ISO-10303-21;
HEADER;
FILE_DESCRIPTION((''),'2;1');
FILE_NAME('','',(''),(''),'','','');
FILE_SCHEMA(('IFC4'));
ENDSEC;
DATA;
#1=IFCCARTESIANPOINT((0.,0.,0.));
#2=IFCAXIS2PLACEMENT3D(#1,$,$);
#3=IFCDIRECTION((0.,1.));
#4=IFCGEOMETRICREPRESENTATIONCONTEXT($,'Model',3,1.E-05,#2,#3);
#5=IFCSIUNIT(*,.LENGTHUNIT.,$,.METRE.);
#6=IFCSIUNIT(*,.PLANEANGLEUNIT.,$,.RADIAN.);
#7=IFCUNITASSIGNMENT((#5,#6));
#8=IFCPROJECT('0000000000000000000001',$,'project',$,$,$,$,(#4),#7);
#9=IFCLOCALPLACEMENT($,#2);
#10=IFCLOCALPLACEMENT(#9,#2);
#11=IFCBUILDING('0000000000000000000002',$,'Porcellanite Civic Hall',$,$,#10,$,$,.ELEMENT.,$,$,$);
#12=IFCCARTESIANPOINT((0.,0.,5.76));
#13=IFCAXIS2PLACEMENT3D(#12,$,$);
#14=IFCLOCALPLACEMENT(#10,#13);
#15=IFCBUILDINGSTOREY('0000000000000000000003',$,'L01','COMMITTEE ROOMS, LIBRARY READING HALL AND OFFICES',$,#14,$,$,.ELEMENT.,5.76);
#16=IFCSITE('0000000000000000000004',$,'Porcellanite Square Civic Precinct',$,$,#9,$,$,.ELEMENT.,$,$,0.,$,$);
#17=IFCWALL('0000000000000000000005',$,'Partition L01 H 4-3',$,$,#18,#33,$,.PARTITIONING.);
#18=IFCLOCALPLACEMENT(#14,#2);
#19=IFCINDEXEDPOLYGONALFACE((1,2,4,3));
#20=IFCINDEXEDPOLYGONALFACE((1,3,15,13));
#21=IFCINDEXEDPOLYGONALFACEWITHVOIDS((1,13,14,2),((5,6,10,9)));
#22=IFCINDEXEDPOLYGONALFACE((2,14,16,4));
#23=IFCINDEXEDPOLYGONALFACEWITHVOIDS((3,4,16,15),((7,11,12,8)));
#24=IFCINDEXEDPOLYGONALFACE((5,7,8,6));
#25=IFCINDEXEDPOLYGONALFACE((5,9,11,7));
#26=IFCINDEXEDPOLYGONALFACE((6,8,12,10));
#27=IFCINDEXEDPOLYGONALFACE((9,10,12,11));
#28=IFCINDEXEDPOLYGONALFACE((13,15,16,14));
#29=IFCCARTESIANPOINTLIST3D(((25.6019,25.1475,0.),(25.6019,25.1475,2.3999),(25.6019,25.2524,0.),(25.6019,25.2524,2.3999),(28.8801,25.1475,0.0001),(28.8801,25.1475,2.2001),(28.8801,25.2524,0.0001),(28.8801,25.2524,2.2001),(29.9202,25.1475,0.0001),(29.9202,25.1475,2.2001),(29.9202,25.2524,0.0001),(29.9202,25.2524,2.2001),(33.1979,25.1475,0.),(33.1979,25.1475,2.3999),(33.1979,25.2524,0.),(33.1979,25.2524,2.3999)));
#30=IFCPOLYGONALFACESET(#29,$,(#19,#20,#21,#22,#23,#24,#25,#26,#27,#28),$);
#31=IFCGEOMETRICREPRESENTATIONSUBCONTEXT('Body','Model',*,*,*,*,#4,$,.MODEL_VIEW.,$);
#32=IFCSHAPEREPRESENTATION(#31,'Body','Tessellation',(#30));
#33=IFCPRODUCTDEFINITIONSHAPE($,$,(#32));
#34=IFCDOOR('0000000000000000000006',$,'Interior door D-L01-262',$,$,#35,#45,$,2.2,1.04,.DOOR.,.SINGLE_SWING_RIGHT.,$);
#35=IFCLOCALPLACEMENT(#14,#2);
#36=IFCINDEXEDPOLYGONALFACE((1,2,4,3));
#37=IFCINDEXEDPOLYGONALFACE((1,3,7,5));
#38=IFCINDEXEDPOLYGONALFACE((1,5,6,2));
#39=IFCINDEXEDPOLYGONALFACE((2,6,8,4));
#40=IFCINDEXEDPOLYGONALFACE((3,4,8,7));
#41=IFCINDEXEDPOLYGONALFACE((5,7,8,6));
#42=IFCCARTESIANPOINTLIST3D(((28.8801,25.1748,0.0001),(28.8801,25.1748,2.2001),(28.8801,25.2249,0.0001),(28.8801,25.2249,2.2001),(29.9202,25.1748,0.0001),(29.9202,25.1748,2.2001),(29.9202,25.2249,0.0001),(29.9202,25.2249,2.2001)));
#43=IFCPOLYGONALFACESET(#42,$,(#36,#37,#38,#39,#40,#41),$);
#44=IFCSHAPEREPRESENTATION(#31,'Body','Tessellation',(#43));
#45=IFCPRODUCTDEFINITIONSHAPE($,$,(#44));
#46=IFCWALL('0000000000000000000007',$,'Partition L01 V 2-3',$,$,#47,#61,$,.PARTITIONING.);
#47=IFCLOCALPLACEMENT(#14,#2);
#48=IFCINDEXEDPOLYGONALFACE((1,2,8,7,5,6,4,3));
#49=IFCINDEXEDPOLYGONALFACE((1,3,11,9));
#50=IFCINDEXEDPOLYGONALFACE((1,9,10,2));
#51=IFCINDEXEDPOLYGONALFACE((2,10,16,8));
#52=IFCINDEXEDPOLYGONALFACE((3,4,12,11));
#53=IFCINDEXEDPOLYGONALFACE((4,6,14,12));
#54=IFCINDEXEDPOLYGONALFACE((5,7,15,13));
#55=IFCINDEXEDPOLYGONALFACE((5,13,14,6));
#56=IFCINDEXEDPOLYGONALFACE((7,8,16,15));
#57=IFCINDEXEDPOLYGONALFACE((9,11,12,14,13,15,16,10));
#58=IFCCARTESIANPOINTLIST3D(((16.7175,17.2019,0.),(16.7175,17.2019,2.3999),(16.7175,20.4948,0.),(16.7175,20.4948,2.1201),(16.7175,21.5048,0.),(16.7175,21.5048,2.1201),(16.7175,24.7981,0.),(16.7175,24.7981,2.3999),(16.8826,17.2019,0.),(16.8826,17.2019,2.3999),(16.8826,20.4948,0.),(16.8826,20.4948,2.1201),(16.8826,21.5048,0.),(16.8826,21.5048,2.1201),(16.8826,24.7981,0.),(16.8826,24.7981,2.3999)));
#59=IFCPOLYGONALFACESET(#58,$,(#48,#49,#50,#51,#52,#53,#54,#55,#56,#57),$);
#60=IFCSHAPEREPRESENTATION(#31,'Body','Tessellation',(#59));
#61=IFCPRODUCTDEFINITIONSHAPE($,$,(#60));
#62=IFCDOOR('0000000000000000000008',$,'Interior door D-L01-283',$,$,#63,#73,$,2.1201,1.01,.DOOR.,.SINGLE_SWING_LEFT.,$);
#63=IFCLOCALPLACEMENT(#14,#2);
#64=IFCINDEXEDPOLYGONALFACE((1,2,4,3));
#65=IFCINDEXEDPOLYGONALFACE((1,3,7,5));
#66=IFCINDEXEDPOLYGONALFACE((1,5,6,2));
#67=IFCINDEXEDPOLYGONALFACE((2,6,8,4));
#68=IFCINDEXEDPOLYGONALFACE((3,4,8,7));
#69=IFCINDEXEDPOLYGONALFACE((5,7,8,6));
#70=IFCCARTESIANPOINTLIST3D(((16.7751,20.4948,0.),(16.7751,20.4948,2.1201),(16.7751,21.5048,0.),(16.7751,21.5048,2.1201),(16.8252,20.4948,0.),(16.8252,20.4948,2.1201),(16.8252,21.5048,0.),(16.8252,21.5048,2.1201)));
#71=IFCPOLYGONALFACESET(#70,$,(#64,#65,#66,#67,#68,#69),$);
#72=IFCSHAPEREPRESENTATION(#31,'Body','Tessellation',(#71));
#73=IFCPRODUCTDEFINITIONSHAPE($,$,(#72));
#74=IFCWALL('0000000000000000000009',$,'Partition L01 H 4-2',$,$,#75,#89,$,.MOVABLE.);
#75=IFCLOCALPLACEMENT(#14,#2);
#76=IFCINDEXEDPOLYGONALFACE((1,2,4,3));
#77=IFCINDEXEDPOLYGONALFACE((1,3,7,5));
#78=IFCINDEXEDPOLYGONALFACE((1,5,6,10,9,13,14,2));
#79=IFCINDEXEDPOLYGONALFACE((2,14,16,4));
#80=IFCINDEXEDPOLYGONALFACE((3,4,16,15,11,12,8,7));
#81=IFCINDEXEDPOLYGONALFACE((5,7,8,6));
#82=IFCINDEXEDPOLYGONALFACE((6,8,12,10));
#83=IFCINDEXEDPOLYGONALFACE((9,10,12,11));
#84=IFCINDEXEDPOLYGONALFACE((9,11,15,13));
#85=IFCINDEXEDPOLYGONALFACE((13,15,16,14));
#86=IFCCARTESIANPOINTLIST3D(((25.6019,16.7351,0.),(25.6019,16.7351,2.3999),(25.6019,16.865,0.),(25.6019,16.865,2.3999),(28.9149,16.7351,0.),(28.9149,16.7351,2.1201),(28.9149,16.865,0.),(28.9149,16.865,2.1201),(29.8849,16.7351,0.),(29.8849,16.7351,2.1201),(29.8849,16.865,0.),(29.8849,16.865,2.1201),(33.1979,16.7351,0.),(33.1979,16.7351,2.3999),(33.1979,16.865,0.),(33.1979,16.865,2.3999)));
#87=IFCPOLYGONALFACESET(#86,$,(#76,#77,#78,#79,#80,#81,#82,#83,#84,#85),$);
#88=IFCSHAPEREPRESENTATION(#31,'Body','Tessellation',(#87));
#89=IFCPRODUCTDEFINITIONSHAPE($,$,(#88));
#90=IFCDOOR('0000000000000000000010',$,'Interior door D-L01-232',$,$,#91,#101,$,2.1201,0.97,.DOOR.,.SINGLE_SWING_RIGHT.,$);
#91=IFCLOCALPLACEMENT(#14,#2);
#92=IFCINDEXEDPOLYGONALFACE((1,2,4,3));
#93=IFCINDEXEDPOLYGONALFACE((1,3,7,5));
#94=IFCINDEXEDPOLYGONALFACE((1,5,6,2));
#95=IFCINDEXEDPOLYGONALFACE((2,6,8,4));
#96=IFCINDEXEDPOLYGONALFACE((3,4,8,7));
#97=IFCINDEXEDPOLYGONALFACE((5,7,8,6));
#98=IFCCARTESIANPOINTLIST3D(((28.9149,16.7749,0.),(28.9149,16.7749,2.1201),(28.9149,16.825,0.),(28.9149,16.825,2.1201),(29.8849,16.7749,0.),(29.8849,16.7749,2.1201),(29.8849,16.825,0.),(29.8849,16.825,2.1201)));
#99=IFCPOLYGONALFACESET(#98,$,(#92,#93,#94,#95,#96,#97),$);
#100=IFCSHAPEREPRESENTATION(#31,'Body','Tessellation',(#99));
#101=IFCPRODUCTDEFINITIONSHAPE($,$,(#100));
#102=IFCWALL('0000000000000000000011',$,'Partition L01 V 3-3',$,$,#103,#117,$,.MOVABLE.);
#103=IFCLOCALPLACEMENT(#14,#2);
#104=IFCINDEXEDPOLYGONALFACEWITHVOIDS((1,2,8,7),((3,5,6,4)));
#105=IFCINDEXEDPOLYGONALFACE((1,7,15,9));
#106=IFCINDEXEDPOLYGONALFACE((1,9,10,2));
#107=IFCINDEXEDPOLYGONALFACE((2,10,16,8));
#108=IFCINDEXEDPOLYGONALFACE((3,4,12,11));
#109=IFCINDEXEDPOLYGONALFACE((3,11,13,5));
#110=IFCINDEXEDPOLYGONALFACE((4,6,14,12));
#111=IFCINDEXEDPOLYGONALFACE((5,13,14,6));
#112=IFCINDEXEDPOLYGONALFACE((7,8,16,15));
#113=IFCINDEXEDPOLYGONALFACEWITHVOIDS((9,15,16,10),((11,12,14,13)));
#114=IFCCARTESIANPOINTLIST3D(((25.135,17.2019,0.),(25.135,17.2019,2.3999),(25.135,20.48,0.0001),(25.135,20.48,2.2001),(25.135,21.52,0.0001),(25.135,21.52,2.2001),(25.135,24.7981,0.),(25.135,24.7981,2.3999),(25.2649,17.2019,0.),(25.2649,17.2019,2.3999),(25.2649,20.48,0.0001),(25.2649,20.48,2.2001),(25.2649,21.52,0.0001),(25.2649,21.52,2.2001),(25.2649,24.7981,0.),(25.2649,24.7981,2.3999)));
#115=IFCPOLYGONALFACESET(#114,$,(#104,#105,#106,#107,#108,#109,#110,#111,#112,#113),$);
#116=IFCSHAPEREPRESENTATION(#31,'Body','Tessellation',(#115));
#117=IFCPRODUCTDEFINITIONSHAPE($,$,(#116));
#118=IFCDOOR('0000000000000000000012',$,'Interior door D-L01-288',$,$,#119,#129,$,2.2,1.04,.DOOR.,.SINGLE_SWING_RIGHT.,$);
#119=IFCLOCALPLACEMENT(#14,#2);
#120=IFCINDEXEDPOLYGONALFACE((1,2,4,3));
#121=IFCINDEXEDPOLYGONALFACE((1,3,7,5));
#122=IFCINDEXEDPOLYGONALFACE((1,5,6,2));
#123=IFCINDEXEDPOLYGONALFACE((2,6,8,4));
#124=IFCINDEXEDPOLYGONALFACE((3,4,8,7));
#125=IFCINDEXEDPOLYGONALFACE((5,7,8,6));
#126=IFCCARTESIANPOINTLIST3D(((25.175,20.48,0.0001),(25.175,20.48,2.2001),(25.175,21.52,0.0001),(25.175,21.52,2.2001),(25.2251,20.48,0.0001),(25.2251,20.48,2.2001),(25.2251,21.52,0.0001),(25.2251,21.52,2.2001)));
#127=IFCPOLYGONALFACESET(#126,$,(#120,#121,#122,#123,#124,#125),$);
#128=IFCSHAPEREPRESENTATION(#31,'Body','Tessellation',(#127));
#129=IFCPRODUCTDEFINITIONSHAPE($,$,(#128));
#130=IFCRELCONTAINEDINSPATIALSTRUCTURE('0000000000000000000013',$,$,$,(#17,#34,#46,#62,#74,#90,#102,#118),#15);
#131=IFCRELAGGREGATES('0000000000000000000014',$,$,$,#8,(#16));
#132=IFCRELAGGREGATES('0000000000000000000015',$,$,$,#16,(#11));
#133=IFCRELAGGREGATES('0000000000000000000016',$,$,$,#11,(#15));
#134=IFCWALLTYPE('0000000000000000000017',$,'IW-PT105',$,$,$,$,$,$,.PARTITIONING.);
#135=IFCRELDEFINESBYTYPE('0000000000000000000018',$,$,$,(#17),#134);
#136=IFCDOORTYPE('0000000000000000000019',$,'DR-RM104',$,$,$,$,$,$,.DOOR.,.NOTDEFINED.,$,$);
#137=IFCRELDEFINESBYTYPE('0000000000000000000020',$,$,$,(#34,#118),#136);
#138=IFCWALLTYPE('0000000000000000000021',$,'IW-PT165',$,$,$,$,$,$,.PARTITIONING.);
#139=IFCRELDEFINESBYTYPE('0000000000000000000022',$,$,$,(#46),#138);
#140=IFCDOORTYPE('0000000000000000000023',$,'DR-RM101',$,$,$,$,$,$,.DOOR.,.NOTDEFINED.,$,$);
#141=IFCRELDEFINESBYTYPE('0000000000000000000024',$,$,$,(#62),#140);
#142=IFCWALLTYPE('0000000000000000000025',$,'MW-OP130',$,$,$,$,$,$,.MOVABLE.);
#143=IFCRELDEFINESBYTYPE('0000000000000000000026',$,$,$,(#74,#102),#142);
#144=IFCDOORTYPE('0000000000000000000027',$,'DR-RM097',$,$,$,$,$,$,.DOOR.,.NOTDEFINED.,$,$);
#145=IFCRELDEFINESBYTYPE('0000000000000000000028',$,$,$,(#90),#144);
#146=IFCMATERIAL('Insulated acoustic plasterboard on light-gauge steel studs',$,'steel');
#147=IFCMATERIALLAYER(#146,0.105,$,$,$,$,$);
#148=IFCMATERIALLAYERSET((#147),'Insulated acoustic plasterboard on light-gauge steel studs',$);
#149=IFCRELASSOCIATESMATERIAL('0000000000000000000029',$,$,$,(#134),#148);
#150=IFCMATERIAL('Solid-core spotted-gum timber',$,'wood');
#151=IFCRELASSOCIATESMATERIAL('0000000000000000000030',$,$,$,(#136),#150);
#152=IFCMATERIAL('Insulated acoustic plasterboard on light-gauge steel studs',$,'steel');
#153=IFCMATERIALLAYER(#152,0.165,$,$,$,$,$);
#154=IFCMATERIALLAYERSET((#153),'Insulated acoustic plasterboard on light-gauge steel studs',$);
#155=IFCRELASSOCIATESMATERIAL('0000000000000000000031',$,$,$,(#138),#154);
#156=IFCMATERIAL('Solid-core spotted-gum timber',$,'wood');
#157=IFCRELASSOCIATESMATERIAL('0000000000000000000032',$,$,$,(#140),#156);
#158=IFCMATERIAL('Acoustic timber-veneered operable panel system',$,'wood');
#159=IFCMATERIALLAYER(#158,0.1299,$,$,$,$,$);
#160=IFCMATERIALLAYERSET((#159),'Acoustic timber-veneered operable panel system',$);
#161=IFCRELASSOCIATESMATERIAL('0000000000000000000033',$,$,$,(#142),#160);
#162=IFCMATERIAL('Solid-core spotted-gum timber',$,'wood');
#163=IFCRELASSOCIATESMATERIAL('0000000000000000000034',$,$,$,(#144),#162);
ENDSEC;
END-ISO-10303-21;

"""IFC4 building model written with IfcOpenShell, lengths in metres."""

from ifc_helpers import new_model, si_unit, direction, frame, frame_2d, origin, place, context, subcontext, project, spatial, rectangle, extrude, material, layer, layer_set, type_object, element, fill, save


model = new_model("IFC4")

# Units and contexts
model_context = context("Model", 3, precision=1e-05, world=origin(), true_north=direction((0.0, 1.0)))
body_context = subcontext(model_context, "Body", "Model", "MODEL_VIEW")
ifc_project = project(units=[si_unit("LENGTHUNIT", "METRE"), si_unit("PLANEANGLEUNIT", "RADIAN")], contexts=[model_context])

# Site, building, storey
site_placement = place(None, origin())
site = spatial("IfcSite", under=ifc_project, at=site_placement, Name="Porcellanite Square Civic Precinct", CompositionType="ELEMENT", RefElevation=0.0)
building_placement = place(site_placement, origin())
building = spatial("IfcBuilding", under=site, at=building_placement, Name="Porcellanite Civic Hall", CompositionType="ELEMENT")
storey_placement = place(building_placement, frame((0.0, 0.0, 5.76)))
storey = spatial("IfcBuildingStorey", under=building, at=storey_placement, Name="L01", Description="COMMITTEE ROOMS, LIBRARY READING HALL AND OFFICES", CompositionType="ELEMENT", Elevation=5.76)

# Walls, openings, doors
ifc_material_1 = material(Name="Insulated acoustic plasterboard on light-gauge steel studs", Category="steel")
ifc_layer_1 = layer(ifc_material_1, 0.105)
ifc_layer_set_1 = layer_set([ifc_layer_1], Name="Insulated acoustic plasterboard on light-gauge steel studs")
wall_type_1 = type_object("IfcWallType", Name="IW-PT105", PredefinedType="PARTITIONING", material=ifc_layer_set_1)
wall_1_placement = place(storey_placement, frame((25.6021, 25.2, 0.0), z_axis=(0.0, 0.0, 1.0), x_axis=(1.0, 0.0, 0.0)))
wall_1 = element("IfcWall", 1, at=wall_1_placement, inside=storey, type_object=wall_type_1, Name="Partition L01 H 4-3", PredefinedType="PARTITIONING", context=body_context, shape_type="SweptSolid", body=[
    extrude(rectangle(XDim=7.5959, YDim=0.105, at=frame_2d((3.7979, 0.0))), origin(), (0.0, 0.0, 1.0), 2.3999),
])
opening_1_placement = place(wall_1_placement, frame((3.2781, 0.0, 0.0)))
opening_1 = element("IfcOpeningElement", 2, at=opening_1_placement, cuts=wall_1, PredefinedType="OPENING", context=body_context, shape_type="SweptSolid", body=[
    extrude(rectangle(XDim=1.04, YDim=2.2, at=frame_2d((0.52, 1.1001))), frame((0.0, 0.0525, 0.0), z_axis=(0.0, -1.0, 0.0), x_axis=(1.0, 0.0, 0.0)), (0.0, 0.0, 1.0), 0.105),
])
ifc_material_2 = material(Name="Solid-core spotted-gum timber", Category="wood")
door_type_1 = type_object("IfcDoorType", Name="DR-RM104", OperationType="NOTDEFINED", PredefinedType="DOOR", material=ifc_material_2)
door_1_placement = place(opening_1_placement, origin())
door_1 = element("IfcDoor", 3, at=door_1_placement, inside=storey, type_object=door_type_1, Name="Interior door D-L01-262", OperationType="SINGLE_SWING_RIGHT", OverallHeight=2.2, OverallWidth=1.04, PredefinedType="DOOR", context=body_context, shape_type="SweptSolid", body=[
    extrude(rectangle(XDim=1.04, YDim=2.2, at=frame_2d((0.52, 1.1001))), frame((0.0, 0.0249, 0.0), z_axis=(0.0, -1.0, 0.0), x_axis=(1.0, 0.0, 0.0)), (0.0, 0.0, 1.0), 0.05),
])
fill(opening_1, door_1)
ifc_material_3 = material(Name="Insulated acoustic plasterboard on light-gauge steel studs", Category="steel")
ifc_layer_2 = layer(ifc_material_3, 0.165)
ifc_layer_set_2 = layer_set([ifc_layer_2], Name="Insulated acoustic plasterboard on light-gauge steel studs")
wall_type_2 = type_object("IfcWallType", Name="IW-PT165", PredefinedType="PARTITIONING", material=ifc_layer_set_2)
wall_2_placement = place(storey_placement, frame((16.8, 17.2019, 0.0), z_axis=(0.0, 0.0, 1.0), x_axis=(0.0, 1.0, 0.0)))
wall_2 = element("IfcWall", 4, at=wall_2_placement, inside=storey, type_object=wall_type_2, Name="Partition L01 V 2-3", PredefinedType="PARTITIONING", context=body_context, shape_type="SweptSolid", body=[
    extrude(rectangle(XDim=7.5962, YDim=0.165, at=frame_2d((3.7981, 0.0))), origin(), (0.0, 0.0, 1.0), 2.3999),
])
opening_2_placement = place(wall_2_placement, frame((3.293, 0.0, 0.0)))
opening_2 = element("IfcOpeningElement", 5, at=opening_2_placement, cuts=wall_2, PredefinedType="OPENING", context=body_context, shape_type="SweptSolid", body=[
    extrude(rectangle(XDim=1.01, YDim=2.1201, at=frame_2d((0.5049, 1.0601))), frame((0.0, 0.0825, 0.0), z_axis=(0.0, -1.0, 0.0), x_axis=(1.0, 0.0, 0.0)), (0.0, 0.0, 1.0), 0.165),
])
ifc_material_4 = material(Name="Solid-core spotted-gum timber", Category="wood")
door_type_2 = type_object("IfcDoorType", Name="DR-RM101", OperationType="NOTDEFINED", PredefinedType="DOOR", material=ifc_material_4)
door_2_placement = place(opening_2_placement, origin())
door_2 = element("IfcDoor", 6, at=door_2_placement, inside=storey, type_object=door_type_2, Name="Interior door D-L01-283", OperationType="SINGLE_SWING_LEFT", OverallHeight=2.1201, OverallWidth=1.01, PredefinedType="DOOR", context=body_context, shape_type="SweptSolid", body=[
    extrude(rectangle(XDim=1.01, YDim=2.1201, at=frame_2d((0.5049, 1.0601))), frame((0.0, 0.0249, 0.0), z_axis=(0.0, -1.0, 0.0), x_axis=(1.0, 0.0, 0.0)), (0.0, 0.0, 1.0), 0.05),
])
fill(opening_2, door_2)
ifc_material_5 = material(Name="Acoustic timber-veneered operable panel system", Category="wood")
ifc_layer_3 = layer(ifc_material_5, 0.1299)
ifc_layer_set_3 = layer_set([ifc_layer_3], Name="Acoustic timber-veneered operable panel system")
wall_type_3 = type_object("IfcWallType", Name="MW-OP130", PredefinedType="MOVABLE", material=ifc_layer_set_3)
wall_3_placement = place(storey_placement, frame((25.6021, 16.8, 0.0), z_axis=(0.0, 0.0, 1.0), x_axis=(1.0, 0.0, 0.0)))
wall_3 = element("IfcWall", 7, at=wall_3_placement, inside=storey, type_object=wall_type_3, Name="Partition L01 H 4-2", PredefinedType="MOVABLE", context=body_context, shape_type="SweptSolid", body=[
    extrude(rectangle(XDim=7.5959, YDim=0.1299, at=frame_2d((3.7979, 0.0))), origin(), (0.0, 0.0, 1.0), 2.3999),
])
opening_3_placement = place(wall_3_placement, frame((3.313, 0.0, 0.0)))
opening_3 = element("IfcOpeningElement", 8, at=opening_3_placement, cuts=wall_3, PredefinedType="OPENING", context=body_context, shape_type="SweptSolid", body=[
    extrude(rectangle(XDim=0.97, YDim=2.1201, at=frame_2d((0.4849, 1.0601))), frame((0.0, 0.0649, 0.0), z_axis=(0.0, -1.0, 0.0), x_axis=(1.0, 0.0, 0.0)), (0.0, 0.0, 1.0), 0.1299),
])
ifc_material_6 = material(Name="Solid-core spotted-gum timber", Category="wood")
door_type_3 = type_object("IfcDoorType", Name="DR-RM097", OperationType="NOTDEFINED", PredefinedType="DOOR", material=ifc_material_6)
door_3_placement = place(opening_3_placement, origin())
door_3 = element("IfcDoor", 9, at=door_3_placement, inside=storey, type_object=door_type_3, Name="Interior door D-L01-232", OperationType="SINGLE_SWING_RIGHT", OverallHeight=2.1201, OverallWidth=0.97, PredefinedType="DOOR", context=body_context, shape_type="SweptSolid", body=[
    extrude(rectangle(XDim=0.97, YDim=2.1201, at=frame_2d((0.4849, 1.0601))), frame((0.0, 0.0249, 0.0), z_axis=(0.0, -1.0, 0.0), x_axis=(1.0, 0.0, 0.0)), (0.0, 0.0, 1.0), 0.05),
])
fill(opening_3, door_3)
wall_4_placement = place(storey_placement, frame((25.2, 17.2019, 0.0), z_axis=(0.0, 0.0, 1.0), x_axis=(0.0, 1.0, 0.0)))
wall_4 = element("IfcWall", 10, at=wall_4_placement, inside=storey, type_object=wall_type_3, Name="Partition L01 V 3-3", PredefinedType="MOVABLE", context=body_context, shape_type="SweptSolid", body=[
    extrude(rectangle(XDim=7.5962, YDim=0.1299, at=frame_2d((3.7981, 0.0))), origin(), (0.0, 0.0, 1.0), 2.3999),
])
opening_4_placement = place(wall_4_placement, frame((3.2781, 0.0, 0.0)))
opening_4 = element("IfcOpeningElement", 11, at=opening_4_placement, cuts=wall_4, PredefinedType="OPENING", context=body_context, shape_type="SweptSolid", body=[
    extrude(rectangle(XDim=1.04, YDim=2.2, at=frame_2d((0.52, 1.1001))), frame((0.0, 0.0649, 0.0), z_axis=(0.0, -1.0, 0.0), x_axis=(1.0, 0.0, 0.0)), (0.0, 0.0, 1.0), 0.1299),
])
door_4_placement = place(opening_4_placement, origin())
door_4 = element("IfcDoor", 12, at=door_4_placement, inside=storey, type_object=door_type_1, Name="Interior door D-L01-288", OperationType="SINGLE_SWING_RIGHT", OverallHeight=2.2, OverallWidth=1.04, PredefinedType="DOOR", context=body_context, shape_type="SweptSolid", body=[
    extrude(rectangle(XDim=1.04, YDim=2.2, at=frame_2d((0.52, 1.1001))), frame((0.0, 0.0249, 0.0), z_axis=(0.0, -1.0, 0.0), x_axis=(1.0, 0.0, 0.0)), (0.0, 0.0, 1.0), 0.05),
])
fill(opening_4, door_4)

save(model, "model.ifc")
